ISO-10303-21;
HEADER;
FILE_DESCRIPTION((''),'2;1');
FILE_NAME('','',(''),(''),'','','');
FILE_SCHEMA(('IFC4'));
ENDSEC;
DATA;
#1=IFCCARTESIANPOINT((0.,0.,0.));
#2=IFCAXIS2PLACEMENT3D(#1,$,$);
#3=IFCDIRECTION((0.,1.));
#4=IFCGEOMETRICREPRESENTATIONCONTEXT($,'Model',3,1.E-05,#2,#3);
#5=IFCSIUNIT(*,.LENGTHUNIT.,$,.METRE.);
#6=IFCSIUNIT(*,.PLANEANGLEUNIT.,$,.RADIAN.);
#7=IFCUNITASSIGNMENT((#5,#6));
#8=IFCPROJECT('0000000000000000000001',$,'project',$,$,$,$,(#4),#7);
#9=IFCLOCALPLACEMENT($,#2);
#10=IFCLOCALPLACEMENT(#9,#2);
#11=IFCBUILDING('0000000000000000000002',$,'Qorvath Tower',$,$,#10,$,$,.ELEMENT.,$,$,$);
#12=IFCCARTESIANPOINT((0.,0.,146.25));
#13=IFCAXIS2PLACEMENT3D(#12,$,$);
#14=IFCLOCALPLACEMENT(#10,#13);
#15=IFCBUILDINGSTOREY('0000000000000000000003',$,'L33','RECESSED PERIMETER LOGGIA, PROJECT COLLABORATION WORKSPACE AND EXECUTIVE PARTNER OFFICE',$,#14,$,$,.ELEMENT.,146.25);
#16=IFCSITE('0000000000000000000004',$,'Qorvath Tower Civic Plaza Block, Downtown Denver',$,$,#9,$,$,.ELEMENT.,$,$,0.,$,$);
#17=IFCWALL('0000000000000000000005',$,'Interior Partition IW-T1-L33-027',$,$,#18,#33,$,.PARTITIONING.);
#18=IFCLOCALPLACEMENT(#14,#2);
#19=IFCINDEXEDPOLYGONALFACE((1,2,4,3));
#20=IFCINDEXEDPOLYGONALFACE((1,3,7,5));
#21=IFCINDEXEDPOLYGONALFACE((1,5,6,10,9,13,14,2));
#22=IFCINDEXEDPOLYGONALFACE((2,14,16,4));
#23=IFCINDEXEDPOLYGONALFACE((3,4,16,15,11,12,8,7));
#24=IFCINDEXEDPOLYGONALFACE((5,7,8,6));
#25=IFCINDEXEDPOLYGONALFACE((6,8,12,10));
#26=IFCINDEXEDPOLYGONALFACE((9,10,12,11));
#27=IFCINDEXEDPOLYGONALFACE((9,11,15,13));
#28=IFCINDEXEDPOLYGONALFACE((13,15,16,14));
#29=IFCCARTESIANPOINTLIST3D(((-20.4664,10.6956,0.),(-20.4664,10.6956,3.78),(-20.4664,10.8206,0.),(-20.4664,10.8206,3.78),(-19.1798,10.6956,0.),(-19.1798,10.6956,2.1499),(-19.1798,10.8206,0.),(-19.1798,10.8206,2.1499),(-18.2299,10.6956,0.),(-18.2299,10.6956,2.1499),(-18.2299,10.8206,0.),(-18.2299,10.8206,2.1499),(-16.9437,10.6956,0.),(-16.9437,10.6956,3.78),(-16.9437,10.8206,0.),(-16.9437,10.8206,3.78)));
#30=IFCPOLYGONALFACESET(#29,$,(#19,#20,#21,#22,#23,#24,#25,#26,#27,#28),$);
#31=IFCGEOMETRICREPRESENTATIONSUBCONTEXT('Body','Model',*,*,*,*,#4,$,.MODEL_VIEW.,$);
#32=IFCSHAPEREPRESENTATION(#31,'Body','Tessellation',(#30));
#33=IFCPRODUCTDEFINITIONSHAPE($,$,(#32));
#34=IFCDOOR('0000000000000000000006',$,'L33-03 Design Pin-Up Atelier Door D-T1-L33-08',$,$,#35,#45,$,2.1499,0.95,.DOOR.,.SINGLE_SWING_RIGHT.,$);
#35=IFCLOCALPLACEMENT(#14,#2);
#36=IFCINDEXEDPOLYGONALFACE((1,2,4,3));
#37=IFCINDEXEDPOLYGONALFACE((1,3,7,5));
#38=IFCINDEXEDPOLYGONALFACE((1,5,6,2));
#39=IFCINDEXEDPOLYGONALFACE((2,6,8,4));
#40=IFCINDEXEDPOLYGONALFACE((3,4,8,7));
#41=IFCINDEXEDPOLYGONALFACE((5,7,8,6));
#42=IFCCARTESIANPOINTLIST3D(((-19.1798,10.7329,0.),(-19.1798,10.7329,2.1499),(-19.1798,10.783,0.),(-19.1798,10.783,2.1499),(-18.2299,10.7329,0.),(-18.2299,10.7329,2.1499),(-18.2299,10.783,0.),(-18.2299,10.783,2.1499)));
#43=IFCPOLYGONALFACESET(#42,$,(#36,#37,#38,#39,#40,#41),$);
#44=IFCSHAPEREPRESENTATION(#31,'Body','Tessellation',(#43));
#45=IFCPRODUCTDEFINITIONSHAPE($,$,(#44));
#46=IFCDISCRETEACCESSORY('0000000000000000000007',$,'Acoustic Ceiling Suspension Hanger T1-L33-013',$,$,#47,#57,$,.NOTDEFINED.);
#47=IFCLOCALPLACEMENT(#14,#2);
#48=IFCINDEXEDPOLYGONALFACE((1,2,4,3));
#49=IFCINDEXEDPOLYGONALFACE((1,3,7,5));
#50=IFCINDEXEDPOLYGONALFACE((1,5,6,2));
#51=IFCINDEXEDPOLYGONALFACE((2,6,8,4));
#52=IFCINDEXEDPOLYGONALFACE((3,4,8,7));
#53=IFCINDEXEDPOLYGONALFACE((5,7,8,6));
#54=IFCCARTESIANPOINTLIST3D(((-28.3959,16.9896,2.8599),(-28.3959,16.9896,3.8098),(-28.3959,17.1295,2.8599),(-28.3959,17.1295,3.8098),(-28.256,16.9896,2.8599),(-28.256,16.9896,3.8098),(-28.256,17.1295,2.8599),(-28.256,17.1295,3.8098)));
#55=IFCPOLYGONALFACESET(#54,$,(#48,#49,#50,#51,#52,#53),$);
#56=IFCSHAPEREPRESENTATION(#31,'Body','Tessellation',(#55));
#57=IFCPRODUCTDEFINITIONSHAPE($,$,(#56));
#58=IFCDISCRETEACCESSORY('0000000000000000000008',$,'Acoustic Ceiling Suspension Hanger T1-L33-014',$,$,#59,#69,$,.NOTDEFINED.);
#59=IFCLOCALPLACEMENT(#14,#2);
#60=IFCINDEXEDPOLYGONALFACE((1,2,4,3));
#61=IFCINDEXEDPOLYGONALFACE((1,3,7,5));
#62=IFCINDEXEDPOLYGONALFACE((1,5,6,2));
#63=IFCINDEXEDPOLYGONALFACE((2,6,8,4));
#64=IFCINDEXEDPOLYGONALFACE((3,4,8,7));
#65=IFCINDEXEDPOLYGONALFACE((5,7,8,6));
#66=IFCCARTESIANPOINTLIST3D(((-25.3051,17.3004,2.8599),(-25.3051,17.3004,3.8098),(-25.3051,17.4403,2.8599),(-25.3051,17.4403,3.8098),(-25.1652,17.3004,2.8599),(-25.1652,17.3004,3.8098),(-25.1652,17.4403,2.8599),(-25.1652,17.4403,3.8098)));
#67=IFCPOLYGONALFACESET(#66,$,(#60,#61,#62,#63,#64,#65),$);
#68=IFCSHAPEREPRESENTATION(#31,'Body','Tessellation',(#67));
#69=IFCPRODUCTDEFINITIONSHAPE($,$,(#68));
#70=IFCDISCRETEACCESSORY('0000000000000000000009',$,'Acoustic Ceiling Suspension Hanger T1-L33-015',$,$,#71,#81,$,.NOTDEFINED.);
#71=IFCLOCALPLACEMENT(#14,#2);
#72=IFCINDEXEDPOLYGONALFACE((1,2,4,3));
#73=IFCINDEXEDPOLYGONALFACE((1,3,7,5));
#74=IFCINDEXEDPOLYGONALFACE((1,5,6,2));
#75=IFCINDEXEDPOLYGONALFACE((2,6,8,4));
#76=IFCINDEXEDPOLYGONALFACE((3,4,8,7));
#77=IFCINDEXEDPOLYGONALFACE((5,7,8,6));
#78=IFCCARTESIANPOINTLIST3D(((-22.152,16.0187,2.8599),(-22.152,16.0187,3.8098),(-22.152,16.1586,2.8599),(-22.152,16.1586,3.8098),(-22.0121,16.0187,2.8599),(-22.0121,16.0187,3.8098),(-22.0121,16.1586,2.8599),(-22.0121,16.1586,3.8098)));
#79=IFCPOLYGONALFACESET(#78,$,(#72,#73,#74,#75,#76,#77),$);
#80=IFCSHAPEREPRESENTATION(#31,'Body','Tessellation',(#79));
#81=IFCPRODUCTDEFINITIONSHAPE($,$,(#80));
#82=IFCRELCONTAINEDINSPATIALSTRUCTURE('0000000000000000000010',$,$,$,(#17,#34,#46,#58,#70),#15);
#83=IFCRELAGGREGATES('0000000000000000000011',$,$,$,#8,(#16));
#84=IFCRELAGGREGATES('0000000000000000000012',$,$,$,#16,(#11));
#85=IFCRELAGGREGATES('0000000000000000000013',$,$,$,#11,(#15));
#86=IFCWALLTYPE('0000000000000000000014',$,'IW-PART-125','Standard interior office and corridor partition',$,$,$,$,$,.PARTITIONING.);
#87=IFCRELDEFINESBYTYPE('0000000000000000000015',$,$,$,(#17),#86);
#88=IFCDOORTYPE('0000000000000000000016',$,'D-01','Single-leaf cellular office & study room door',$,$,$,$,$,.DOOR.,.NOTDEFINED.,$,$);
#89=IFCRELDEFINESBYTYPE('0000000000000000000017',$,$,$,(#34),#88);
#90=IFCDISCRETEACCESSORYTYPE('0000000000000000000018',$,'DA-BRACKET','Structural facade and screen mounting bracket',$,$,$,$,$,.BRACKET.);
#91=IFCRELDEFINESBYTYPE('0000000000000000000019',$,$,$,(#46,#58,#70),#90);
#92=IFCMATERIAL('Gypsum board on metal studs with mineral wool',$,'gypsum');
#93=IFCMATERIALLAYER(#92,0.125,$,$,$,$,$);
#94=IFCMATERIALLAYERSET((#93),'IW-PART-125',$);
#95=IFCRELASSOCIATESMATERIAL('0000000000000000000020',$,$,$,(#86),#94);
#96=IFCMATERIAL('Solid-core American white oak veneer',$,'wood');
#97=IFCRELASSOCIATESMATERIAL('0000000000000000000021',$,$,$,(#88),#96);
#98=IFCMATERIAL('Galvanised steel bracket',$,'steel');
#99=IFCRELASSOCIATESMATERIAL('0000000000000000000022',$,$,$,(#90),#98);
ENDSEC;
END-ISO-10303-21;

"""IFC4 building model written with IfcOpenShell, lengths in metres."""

from ifc_helpers import new_model, si_unit, direction, frame, frame_2d, origin, origin_2d, place, context, subcontext, project, spatial, rectangle, extrude, material, layer, layer_set, type_object, element, fill, save


model = new_model("IFC4")

# Units and contexts
model_context = context("Model", 3, precision=1e-05, world=origin(), true_north=direction((0.0, 1.0)))
body_context = subcontext(model_context, "Body", "Model", "MODEL_VIEW")
ifc_project = project(units=[si_unit("LENGTHUNIT", "METRE"), si_unit("PLANEANGLEUNIT", "RADIAN")], contexts=[model_context])

# Site, building, storey
site_placement = place(None, origin())
site = spatial("IfcSite", under=ifc_project, at=site_placement, Name="Qorvath Tower Civic Plaza Block, Downtown Denver", CompositionType="ELEMENT", RefElevation=0.0)
building_placement = place(site_placement, origin())
building = spatial("IfcBuilding", under=site, at=building_placement, Name="Qorvath Tower", CompositionType="ELEMENT")
storey_placement = place(building_placement, frame((0.0, 0.0, 146.25)))
storey = spatial("IfcBuildingStorey", under=building, at=storey_placement, Name="L33", Description="RECESSED PERIMETER LOGGIA, PROJECT COLLABORATION WORKSPACE AND EXECUTIVE PARTNER OFFICE", CompositionType="ELEMENT", Elevation=146.25)

# Shared definitions
ifc_material_1 = material(Name="Gypsum board on metal studs with mineral wool", Category="gypsum")
ifc_layer_1 = layer(ifc_material_1, 0.125)
ifc_layer_set_1 = layer_set([ifc_layer_1], Name="IW-PART-125")
wall_type_1 = type_object("IfcWallType", Name="IW-PART-125", Description="Standard interior office and corridor partition", PredefinedType="PARTITIONING", material=ifc_layer_set_1)
ifc_material_2 = material(Name="Solid-core American white oak veneer", Category="wood")
door_type = type_object("IfcDoorType", Name="D-01", Description="Single-leaf cellular office & study room door", OperationType="NOTDEFINED", PredefinedType="DOOR", material=ifc_material_2)

# Wall, opening, door
wall_1_placement = place(storey_placement, frame((-20.4663, 10.7581, 0.0), z_axis=(0.0, 0.0, 1.0), x_axis=(1.0, 0.0, 0.0)))
wall_1 = element("IfcWall", 1, at=wall_1_placement, inside=storey, type_object=wall_type_1, Name="Interior Partition IW-T1-L33-027", PredefinedType="PARTITIONING", context=body_context, shape_type="SweptSolid", body=[
    extrude(rectangle(XDim=3.5227, YDim=0.125, at=frame_2d((1.7612, 0.0))), origin(), (0.0, 0.0, 1.0), 3.78),
])
opening_1_placement = place(wall_1_placement, frame((1.2864, 0.0, 0.0)))
opening_1 = element("IfcOpeningElement", 2, at=opening_1_placement, cuts=wall_1, PredefinedType="OPENING", context=body_context, shape_type="SweptSolid", body=[
    extrude(rectangle(XDim=0.95, YDim=2.1499, at=frame_2d((0.4751, 1.075))), frame((0.0, 0.0725, 0.0), z_axis=(0.0, -1.0, 0.0), x_axis=(1.0, 0.0, 0.0)), (0.0, 0.0, 1.0), 0.145),
])
door_1_placement = place(opening_1_placement, origin())
door_1 = element("IfcDoor", 3, at=door_1_placement, inside=storey, type_object=door_type, Name="L33-03 Design Pin-Up Atelier Door D-T1-L33-08", OperationType="SINGLE_SWING_RIGHT", OverallHeight=2.1499, OverallWidth=0.95, PredefinedType="DOOR", context=body_context, shape_type="SweptSolid", body=[
    extrude(rectangle(XDim=0.95, YDim=2.1499, at=frame_2d((0.4751, 1.075))), frame((0.0, 0.0249, 0.0), z_axis=(0.0, -1.0, 0.0), x_axis=(1.0, 0.0, 0.0)), (0.0, 0.0, 1.0), 0.05),
])
fill(opening_1, door_1)

# Discrete accessories
ifc_material_3 = material(Name="Galvanised steel bracket", Category="steel")
discrete_accessory_type = type_object("IfcDiscreteAccessoryType", Name="DA-BRACKET", Description="Structural facade and screen mounting bracket", PredefinedType="BRACKET", material=ifc_material_3)
for number, where, z_axis, x_axis, name in (
    (4, (-28.3259, 17.0596, 2.8599), (0.0, 0.0, 1.0), (1.0, 0.0, 0.0), "Acoustic Ceiling Suspension Hanger T1-L33-013"),
    (5, (-25.2351, 17.3704, 2.8599), (0.0, 0.0, 1.0), (1.0, 0.0, 0.0), "Acoustic Ceiling Suspension Hanger T1-L33-014"),
    (6, (-22.082, 16.0886, 2.8599), (0.0, 0.0, 1.0), (1.0, 0.0, 0.0), "Acoustic Ceiling Suspension Hanger T1-L33-015"),
):
    element("IfcDiscreteAccessory", number, at=place(storey_placement, frame(where, z_axis=z_axis, x_axis=x_axis)), inside=storey, type_object=discrete_accessory_type, Name=name, PredefinedType="NOTDEFINED", context=body_context, shape_type="SweptSolid", body=[
        extrude(rectangle(XDim=0.1399, YDim=0.1399, at=origin_2d()), origin(), (0.0, 0.0, 1.0), 0.95),
    ])

save(model, "model.ifc")
